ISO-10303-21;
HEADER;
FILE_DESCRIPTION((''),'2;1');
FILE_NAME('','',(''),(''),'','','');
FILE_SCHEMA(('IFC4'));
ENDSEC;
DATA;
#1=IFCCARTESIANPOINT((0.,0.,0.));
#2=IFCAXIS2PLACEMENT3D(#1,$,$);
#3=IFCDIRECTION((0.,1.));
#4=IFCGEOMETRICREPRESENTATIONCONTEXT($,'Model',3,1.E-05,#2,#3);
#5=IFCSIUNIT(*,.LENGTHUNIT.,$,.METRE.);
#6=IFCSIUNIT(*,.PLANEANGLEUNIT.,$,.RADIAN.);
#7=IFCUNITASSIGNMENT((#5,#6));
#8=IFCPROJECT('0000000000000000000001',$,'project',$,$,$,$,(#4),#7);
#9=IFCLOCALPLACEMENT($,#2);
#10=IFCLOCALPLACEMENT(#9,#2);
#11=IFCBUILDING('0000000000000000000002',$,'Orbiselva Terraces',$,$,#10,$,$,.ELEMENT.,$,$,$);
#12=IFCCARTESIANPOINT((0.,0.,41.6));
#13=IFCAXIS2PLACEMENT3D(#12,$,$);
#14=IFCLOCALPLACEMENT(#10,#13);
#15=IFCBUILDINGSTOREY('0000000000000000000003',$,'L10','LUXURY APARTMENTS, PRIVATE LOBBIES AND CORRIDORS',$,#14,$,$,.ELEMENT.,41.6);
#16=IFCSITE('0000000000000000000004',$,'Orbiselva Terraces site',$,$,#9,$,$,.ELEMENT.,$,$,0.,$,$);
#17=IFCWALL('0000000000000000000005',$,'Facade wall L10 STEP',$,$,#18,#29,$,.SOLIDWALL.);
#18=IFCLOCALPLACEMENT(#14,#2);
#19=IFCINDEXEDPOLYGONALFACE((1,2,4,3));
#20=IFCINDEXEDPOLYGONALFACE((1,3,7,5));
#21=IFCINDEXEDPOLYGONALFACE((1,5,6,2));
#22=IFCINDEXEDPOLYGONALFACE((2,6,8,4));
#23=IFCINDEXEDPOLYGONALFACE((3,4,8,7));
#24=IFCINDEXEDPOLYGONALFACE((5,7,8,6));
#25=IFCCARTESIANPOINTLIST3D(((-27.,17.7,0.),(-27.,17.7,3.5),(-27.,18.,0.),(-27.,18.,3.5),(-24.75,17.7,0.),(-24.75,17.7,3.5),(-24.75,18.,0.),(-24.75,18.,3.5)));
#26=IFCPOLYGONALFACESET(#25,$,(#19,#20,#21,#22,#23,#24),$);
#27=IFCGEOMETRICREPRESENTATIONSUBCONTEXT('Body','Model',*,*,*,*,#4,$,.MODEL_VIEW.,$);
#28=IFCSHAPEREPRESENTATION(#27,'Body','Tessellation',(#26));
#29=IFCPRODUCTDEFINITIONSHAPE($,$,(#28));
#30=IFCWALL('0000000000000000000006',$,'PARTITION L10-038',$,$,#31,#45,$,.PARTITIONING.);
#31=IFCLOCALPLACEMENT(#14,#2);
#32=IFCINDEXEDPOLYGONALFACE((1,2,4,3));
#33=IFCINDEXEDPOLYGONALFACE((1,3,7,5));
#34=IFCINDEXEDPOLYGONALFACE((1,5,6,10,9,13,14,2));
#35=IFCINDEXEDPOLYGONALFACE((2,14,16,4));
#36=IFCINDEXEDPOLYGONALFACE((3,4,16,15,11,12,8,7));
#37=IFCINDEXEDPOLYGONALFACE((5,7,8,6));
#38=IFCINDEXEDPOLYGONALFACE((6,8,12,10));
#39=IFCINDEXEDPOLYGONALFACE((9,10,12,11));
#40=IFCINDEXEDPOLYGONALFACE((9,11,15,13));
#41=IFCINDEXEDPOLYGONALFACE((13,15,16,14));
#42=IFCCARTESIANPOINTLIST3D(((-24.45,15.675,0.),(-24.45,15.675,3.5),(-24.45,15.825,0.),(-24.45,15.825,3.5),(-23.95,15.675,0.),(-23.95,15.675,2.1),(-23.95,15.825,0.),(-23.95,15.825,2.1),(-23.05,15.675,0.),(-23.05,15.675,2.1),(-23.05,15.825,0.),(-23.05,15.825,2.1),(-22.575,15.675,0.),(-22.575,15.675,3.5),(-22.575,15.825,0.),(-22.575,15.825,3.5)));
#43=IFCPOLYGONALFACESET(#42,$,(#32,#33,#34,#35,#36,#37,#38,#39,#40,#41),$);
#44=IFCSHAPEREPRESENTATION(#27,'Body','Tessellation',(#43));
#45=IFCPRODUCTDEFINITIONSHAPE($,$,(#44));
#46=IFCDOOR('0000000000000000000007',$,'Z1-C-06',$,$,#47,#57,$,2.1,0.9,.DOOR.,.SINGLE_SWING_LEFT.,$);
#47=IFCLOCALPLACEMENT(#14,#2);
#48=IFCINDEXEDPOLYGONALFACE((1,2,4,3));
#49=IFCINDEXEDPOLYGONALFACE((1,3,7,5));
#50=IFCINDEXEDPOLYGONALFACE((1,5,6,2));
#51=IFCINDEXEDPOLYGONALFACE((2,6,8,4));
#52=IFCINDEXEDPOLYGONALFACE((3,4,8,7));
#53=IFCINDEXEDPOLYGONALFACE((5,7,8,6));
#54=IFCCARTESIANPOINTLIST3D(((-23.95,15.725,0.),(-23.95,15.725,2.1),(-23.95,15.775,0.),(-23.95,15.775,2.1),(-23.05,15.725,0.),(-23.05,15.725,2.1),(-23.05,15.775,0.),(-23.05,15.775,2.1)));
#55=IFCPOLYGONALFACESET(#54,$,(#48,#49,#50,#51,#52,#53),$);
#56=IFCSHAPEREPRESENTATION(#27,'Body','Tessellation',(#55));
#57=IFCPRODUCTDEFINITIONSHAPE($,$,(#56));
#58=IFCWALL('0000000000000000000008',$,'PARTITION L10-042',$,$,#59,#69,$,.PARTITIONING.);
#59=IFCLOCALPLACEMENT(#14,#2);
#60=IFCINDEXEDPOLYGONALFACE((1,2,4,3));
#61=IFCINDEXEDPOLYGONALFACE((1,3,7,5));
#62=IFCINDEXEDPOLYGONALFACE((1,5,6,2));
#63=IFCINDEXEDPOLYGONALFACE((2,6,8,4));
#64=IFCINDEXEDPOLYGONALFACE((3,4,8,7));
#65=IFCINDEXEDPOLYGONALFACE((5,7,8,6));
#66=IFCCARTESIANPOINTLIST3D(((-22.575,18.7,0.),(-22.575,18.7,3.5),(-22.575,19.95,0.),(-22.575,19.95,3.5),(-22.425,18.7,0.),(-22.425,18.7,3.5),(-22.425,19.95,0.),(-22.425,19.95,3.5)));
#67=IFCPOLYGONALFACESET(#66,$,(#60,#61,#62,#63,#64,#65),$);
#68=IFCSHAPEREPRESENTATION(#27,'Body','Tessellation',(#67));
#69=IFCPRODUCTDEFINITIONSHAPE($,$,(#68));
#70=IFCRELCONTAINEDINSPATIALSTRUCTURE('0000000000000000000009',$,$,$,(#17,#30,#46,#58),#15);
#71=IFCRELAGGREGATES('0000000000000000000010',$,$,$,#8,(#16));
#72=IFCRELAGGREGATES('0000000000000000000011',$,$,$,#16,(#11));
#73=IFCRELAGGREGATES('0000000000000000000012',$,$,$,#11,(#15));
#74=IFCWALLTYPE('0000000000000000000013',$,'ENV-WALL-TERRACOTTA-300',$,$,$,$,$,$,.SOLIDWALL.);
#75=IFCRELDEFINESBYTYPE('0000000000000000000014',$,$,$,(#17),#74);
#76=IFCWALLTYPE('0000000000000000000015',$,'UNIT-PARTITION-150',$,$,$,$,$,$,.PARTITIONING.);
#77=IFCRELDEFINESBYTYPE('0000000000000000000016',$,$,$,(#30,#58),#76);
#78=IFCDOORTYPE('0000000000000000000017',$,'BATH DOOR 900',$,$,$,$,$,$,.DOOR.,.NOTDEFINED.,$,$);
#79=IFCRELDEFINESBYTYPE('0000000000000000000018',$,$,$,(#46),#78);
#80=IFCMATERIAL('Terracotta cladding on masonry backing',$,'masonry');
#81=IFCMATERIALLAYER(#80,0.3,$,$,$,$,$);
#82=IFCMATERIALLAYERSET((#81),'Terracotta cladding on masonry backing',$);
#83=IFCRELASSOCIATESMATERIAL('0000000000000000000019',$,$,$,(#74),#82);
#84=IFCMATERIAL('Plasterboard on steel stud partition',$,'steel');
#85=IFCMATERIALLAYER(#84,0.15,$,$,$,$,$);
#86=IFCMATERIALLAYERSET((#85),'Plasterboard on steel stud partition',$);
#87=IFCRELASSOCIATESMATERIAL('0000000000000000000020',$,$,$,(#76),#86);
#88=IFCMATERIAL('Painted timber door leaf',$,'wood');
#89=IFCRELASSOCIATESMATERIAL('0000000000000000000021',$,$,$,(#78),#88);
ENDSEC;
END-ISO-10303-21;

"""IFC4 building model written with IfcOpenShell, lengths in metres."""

from ifc_helpers import new_model, si_unit, direction, frame, frame_2d, origin, place, context, subcontext, project, spatial, rectangle, extrude, material, layer, layer_set, type_object, element, fill, save


model = new_model("IFC4")

# Units and contexts
model_context = context("Model", 3, precision=1e-05, world=origin(), true_north=direction((0.0, 1.0)))
body_context = subcontext(model_context, "Body", "Model", "MODEL_VIEW")
ifc_project = project(units=[si_unit("LENGTHUNIT", "METRE"), si_unit("PLANEANGLEUNIT", "RADIAN")], contexts=[model_context])

# Site, building, storey
site_placement = place(None, origin())
site = spatial("IfcSite", under=ifc_project, at=site_placement, Name="Orbiselva Terraces site", CompositionType="ELEMENT", RefElevation=0.0)
building_placement = place(site_placement, origin())
building = spatial("IfcBuilding", under=site, at=building_placement, Name="Orbiselva Terraces", CompositionType="ELEMENT")
storey_placement = place(building_placement, frame((0.0, 0.0, 41.6)))
storey = spatial("IfcBuildingStorey", under=building, at=storey_placement, Name="L10", Description="LUXURY APARTMENTS, PRIVATE LOBBIES AND CORRIDORS", CompositionType="ELEMENT", Elevation=41.6)

# Shared definitions
ifc_material_1 = material(Name="Terracotta cladding on masonry backing", Category="masonry")
ifc_layer_1 = layer(ifc_material_1, 0.3)
ifc_layer_set_1 = layer_set([ifc_layer_1], Name="Terracotta cladding on masonry backing")
wall_type_1 = type_object("IfcWallType", Name="ENV-WALL-TERRACOTTA-300", PredefinedType="SOLIDWALL", material=ifc_layer_set_1)

# Wall
wall_1_placement = place(storey_placement, frame((-27.0, 17.85, 0.0), z_axis=(0.0, 0.0, 1.0), x_axis=(1.0, 0.0, 0.0)))
element("IfcWall", 1, at=wall_1_placement, inside=storey, type_object=wall_type_1, Name="Facade wall L10 STEP", PredefinedType="SOLIDWALL", context=body_context, shape_type="SweptSolid", body=[
    extrude(rectangle(XDim=2.25, YDim=0.3, at=frame_2d((1.125, 0.0))), origin(), (0.0, 0.0, 1.0), 3.5),
])

# Wall, opening, door
ifc_material_2 = material(Name="Plasterboard on steel stud partition", Category="steel")
ifc_layer_2 = layer(ifc_material_2, 0.15)
ifc_layer_set_2 = layer_set([ifc_layer_2], Name="Plasterboard on steel stud partition")
wall_type_2 = type_object("IfcWallType", Name="UNIT-PARTITION-150", PredefinedType="PARTITIONING", material=ifc_layer_set_2)
wall_2_placement = place(storey_placement, frame((-22.575, 15.75, 0.0), z_axis=(0.0, 0.0, 1.0), x_axis=(-1.0, 0.0, 0.0)))
wall_2 = element("IfcWall", 2, at=wall_2_placement, inside=storey, type_object=wall_type_2, Name="PARTITION L10-038", PredefinedType="PARTITIONING", context=body_context, shape_type="SweptSolid", body=[
    extrude(rectangle(XDim=1.875, YDim=0.15, at=frame_2d((0.9375, 0.0))), origin(), (0.0, 0.0, 1.0), 3.5),
])
opening_1_placement = place(wall_2_placement, frame((0.475, 0.0, 0.0)))
opening_1 = element("IfcOpeningElement", 3, at=opening_1_placement, cuts=wall_2, PredefinedType="OPENING", context=body_context, shape_type="SweptSolid", body=[
    extrude(rectangle(XDim=0.9, YDim=2.1, at=frame_2d((0.45, 1.05))), frame((0.0, 0.085, 0.0), z_axis=(0.0, -1.0, 0.0), x_axis=(1.0, 0.0, 0.0)), (0.0, 0.0, 1.0), 0.17),
])
ifc_material_3 = material(Name="Painted timber door leaf", Category="wood")
door_type_1 = type_object("IfcDoorType", Name="BATH DOOR 900", OperationType="NOTDEFINED", PredefinedType="DOOR", material=ifc_material_3)
door_1_placement = place(opening_1_placement, origin())
door_1 = element("IfcDoor", 4, at=door_1_placement, inside=storey, type_object=door_type_1, Name="Z1-C-06", OperationType="SINGLE_SWING_LEFT", OverallHeight=2.1, OverallWidth=0.9, PredefinedType="DOOR", context=body_context, shape_type="SweptSolid", body=[
    extrude(rectangle(XDim=0.9, YDim=2.1, at=frame_2d((0.45, 1.05))), frame((0.0, 0.025, 0.0), z_axis=(0.0, -1.0, 0.0), x_axis=(1.0, 0.0, 0.0)), (0.0, 0.0, 1.0), 0.05),
])
fill(opening_1, door_1)

# Wall
wall_3_placement = place(storey_placement, frame((-22.5, 18.7, 0.0), z_axis=(0.0, 0.0, 1.0), x_axis=(0.0, 1.0, 0.0)))
element("IfcWall", 5, at=wall_3_placement, inside=storey, type_object=wall_type_2, Name="PARTITION L10-042", PredefinedType="PARTITIONING", context=body_context, shape_type="SweptSolid", body=[
    extrude(rectangle(XDim=1.25, YDim=0.15, at=frame_2d((0.625, 0.0))), origin(), (0.0, 0.0, 1.0), 3.5),
])

save(model, "model.ifc")
